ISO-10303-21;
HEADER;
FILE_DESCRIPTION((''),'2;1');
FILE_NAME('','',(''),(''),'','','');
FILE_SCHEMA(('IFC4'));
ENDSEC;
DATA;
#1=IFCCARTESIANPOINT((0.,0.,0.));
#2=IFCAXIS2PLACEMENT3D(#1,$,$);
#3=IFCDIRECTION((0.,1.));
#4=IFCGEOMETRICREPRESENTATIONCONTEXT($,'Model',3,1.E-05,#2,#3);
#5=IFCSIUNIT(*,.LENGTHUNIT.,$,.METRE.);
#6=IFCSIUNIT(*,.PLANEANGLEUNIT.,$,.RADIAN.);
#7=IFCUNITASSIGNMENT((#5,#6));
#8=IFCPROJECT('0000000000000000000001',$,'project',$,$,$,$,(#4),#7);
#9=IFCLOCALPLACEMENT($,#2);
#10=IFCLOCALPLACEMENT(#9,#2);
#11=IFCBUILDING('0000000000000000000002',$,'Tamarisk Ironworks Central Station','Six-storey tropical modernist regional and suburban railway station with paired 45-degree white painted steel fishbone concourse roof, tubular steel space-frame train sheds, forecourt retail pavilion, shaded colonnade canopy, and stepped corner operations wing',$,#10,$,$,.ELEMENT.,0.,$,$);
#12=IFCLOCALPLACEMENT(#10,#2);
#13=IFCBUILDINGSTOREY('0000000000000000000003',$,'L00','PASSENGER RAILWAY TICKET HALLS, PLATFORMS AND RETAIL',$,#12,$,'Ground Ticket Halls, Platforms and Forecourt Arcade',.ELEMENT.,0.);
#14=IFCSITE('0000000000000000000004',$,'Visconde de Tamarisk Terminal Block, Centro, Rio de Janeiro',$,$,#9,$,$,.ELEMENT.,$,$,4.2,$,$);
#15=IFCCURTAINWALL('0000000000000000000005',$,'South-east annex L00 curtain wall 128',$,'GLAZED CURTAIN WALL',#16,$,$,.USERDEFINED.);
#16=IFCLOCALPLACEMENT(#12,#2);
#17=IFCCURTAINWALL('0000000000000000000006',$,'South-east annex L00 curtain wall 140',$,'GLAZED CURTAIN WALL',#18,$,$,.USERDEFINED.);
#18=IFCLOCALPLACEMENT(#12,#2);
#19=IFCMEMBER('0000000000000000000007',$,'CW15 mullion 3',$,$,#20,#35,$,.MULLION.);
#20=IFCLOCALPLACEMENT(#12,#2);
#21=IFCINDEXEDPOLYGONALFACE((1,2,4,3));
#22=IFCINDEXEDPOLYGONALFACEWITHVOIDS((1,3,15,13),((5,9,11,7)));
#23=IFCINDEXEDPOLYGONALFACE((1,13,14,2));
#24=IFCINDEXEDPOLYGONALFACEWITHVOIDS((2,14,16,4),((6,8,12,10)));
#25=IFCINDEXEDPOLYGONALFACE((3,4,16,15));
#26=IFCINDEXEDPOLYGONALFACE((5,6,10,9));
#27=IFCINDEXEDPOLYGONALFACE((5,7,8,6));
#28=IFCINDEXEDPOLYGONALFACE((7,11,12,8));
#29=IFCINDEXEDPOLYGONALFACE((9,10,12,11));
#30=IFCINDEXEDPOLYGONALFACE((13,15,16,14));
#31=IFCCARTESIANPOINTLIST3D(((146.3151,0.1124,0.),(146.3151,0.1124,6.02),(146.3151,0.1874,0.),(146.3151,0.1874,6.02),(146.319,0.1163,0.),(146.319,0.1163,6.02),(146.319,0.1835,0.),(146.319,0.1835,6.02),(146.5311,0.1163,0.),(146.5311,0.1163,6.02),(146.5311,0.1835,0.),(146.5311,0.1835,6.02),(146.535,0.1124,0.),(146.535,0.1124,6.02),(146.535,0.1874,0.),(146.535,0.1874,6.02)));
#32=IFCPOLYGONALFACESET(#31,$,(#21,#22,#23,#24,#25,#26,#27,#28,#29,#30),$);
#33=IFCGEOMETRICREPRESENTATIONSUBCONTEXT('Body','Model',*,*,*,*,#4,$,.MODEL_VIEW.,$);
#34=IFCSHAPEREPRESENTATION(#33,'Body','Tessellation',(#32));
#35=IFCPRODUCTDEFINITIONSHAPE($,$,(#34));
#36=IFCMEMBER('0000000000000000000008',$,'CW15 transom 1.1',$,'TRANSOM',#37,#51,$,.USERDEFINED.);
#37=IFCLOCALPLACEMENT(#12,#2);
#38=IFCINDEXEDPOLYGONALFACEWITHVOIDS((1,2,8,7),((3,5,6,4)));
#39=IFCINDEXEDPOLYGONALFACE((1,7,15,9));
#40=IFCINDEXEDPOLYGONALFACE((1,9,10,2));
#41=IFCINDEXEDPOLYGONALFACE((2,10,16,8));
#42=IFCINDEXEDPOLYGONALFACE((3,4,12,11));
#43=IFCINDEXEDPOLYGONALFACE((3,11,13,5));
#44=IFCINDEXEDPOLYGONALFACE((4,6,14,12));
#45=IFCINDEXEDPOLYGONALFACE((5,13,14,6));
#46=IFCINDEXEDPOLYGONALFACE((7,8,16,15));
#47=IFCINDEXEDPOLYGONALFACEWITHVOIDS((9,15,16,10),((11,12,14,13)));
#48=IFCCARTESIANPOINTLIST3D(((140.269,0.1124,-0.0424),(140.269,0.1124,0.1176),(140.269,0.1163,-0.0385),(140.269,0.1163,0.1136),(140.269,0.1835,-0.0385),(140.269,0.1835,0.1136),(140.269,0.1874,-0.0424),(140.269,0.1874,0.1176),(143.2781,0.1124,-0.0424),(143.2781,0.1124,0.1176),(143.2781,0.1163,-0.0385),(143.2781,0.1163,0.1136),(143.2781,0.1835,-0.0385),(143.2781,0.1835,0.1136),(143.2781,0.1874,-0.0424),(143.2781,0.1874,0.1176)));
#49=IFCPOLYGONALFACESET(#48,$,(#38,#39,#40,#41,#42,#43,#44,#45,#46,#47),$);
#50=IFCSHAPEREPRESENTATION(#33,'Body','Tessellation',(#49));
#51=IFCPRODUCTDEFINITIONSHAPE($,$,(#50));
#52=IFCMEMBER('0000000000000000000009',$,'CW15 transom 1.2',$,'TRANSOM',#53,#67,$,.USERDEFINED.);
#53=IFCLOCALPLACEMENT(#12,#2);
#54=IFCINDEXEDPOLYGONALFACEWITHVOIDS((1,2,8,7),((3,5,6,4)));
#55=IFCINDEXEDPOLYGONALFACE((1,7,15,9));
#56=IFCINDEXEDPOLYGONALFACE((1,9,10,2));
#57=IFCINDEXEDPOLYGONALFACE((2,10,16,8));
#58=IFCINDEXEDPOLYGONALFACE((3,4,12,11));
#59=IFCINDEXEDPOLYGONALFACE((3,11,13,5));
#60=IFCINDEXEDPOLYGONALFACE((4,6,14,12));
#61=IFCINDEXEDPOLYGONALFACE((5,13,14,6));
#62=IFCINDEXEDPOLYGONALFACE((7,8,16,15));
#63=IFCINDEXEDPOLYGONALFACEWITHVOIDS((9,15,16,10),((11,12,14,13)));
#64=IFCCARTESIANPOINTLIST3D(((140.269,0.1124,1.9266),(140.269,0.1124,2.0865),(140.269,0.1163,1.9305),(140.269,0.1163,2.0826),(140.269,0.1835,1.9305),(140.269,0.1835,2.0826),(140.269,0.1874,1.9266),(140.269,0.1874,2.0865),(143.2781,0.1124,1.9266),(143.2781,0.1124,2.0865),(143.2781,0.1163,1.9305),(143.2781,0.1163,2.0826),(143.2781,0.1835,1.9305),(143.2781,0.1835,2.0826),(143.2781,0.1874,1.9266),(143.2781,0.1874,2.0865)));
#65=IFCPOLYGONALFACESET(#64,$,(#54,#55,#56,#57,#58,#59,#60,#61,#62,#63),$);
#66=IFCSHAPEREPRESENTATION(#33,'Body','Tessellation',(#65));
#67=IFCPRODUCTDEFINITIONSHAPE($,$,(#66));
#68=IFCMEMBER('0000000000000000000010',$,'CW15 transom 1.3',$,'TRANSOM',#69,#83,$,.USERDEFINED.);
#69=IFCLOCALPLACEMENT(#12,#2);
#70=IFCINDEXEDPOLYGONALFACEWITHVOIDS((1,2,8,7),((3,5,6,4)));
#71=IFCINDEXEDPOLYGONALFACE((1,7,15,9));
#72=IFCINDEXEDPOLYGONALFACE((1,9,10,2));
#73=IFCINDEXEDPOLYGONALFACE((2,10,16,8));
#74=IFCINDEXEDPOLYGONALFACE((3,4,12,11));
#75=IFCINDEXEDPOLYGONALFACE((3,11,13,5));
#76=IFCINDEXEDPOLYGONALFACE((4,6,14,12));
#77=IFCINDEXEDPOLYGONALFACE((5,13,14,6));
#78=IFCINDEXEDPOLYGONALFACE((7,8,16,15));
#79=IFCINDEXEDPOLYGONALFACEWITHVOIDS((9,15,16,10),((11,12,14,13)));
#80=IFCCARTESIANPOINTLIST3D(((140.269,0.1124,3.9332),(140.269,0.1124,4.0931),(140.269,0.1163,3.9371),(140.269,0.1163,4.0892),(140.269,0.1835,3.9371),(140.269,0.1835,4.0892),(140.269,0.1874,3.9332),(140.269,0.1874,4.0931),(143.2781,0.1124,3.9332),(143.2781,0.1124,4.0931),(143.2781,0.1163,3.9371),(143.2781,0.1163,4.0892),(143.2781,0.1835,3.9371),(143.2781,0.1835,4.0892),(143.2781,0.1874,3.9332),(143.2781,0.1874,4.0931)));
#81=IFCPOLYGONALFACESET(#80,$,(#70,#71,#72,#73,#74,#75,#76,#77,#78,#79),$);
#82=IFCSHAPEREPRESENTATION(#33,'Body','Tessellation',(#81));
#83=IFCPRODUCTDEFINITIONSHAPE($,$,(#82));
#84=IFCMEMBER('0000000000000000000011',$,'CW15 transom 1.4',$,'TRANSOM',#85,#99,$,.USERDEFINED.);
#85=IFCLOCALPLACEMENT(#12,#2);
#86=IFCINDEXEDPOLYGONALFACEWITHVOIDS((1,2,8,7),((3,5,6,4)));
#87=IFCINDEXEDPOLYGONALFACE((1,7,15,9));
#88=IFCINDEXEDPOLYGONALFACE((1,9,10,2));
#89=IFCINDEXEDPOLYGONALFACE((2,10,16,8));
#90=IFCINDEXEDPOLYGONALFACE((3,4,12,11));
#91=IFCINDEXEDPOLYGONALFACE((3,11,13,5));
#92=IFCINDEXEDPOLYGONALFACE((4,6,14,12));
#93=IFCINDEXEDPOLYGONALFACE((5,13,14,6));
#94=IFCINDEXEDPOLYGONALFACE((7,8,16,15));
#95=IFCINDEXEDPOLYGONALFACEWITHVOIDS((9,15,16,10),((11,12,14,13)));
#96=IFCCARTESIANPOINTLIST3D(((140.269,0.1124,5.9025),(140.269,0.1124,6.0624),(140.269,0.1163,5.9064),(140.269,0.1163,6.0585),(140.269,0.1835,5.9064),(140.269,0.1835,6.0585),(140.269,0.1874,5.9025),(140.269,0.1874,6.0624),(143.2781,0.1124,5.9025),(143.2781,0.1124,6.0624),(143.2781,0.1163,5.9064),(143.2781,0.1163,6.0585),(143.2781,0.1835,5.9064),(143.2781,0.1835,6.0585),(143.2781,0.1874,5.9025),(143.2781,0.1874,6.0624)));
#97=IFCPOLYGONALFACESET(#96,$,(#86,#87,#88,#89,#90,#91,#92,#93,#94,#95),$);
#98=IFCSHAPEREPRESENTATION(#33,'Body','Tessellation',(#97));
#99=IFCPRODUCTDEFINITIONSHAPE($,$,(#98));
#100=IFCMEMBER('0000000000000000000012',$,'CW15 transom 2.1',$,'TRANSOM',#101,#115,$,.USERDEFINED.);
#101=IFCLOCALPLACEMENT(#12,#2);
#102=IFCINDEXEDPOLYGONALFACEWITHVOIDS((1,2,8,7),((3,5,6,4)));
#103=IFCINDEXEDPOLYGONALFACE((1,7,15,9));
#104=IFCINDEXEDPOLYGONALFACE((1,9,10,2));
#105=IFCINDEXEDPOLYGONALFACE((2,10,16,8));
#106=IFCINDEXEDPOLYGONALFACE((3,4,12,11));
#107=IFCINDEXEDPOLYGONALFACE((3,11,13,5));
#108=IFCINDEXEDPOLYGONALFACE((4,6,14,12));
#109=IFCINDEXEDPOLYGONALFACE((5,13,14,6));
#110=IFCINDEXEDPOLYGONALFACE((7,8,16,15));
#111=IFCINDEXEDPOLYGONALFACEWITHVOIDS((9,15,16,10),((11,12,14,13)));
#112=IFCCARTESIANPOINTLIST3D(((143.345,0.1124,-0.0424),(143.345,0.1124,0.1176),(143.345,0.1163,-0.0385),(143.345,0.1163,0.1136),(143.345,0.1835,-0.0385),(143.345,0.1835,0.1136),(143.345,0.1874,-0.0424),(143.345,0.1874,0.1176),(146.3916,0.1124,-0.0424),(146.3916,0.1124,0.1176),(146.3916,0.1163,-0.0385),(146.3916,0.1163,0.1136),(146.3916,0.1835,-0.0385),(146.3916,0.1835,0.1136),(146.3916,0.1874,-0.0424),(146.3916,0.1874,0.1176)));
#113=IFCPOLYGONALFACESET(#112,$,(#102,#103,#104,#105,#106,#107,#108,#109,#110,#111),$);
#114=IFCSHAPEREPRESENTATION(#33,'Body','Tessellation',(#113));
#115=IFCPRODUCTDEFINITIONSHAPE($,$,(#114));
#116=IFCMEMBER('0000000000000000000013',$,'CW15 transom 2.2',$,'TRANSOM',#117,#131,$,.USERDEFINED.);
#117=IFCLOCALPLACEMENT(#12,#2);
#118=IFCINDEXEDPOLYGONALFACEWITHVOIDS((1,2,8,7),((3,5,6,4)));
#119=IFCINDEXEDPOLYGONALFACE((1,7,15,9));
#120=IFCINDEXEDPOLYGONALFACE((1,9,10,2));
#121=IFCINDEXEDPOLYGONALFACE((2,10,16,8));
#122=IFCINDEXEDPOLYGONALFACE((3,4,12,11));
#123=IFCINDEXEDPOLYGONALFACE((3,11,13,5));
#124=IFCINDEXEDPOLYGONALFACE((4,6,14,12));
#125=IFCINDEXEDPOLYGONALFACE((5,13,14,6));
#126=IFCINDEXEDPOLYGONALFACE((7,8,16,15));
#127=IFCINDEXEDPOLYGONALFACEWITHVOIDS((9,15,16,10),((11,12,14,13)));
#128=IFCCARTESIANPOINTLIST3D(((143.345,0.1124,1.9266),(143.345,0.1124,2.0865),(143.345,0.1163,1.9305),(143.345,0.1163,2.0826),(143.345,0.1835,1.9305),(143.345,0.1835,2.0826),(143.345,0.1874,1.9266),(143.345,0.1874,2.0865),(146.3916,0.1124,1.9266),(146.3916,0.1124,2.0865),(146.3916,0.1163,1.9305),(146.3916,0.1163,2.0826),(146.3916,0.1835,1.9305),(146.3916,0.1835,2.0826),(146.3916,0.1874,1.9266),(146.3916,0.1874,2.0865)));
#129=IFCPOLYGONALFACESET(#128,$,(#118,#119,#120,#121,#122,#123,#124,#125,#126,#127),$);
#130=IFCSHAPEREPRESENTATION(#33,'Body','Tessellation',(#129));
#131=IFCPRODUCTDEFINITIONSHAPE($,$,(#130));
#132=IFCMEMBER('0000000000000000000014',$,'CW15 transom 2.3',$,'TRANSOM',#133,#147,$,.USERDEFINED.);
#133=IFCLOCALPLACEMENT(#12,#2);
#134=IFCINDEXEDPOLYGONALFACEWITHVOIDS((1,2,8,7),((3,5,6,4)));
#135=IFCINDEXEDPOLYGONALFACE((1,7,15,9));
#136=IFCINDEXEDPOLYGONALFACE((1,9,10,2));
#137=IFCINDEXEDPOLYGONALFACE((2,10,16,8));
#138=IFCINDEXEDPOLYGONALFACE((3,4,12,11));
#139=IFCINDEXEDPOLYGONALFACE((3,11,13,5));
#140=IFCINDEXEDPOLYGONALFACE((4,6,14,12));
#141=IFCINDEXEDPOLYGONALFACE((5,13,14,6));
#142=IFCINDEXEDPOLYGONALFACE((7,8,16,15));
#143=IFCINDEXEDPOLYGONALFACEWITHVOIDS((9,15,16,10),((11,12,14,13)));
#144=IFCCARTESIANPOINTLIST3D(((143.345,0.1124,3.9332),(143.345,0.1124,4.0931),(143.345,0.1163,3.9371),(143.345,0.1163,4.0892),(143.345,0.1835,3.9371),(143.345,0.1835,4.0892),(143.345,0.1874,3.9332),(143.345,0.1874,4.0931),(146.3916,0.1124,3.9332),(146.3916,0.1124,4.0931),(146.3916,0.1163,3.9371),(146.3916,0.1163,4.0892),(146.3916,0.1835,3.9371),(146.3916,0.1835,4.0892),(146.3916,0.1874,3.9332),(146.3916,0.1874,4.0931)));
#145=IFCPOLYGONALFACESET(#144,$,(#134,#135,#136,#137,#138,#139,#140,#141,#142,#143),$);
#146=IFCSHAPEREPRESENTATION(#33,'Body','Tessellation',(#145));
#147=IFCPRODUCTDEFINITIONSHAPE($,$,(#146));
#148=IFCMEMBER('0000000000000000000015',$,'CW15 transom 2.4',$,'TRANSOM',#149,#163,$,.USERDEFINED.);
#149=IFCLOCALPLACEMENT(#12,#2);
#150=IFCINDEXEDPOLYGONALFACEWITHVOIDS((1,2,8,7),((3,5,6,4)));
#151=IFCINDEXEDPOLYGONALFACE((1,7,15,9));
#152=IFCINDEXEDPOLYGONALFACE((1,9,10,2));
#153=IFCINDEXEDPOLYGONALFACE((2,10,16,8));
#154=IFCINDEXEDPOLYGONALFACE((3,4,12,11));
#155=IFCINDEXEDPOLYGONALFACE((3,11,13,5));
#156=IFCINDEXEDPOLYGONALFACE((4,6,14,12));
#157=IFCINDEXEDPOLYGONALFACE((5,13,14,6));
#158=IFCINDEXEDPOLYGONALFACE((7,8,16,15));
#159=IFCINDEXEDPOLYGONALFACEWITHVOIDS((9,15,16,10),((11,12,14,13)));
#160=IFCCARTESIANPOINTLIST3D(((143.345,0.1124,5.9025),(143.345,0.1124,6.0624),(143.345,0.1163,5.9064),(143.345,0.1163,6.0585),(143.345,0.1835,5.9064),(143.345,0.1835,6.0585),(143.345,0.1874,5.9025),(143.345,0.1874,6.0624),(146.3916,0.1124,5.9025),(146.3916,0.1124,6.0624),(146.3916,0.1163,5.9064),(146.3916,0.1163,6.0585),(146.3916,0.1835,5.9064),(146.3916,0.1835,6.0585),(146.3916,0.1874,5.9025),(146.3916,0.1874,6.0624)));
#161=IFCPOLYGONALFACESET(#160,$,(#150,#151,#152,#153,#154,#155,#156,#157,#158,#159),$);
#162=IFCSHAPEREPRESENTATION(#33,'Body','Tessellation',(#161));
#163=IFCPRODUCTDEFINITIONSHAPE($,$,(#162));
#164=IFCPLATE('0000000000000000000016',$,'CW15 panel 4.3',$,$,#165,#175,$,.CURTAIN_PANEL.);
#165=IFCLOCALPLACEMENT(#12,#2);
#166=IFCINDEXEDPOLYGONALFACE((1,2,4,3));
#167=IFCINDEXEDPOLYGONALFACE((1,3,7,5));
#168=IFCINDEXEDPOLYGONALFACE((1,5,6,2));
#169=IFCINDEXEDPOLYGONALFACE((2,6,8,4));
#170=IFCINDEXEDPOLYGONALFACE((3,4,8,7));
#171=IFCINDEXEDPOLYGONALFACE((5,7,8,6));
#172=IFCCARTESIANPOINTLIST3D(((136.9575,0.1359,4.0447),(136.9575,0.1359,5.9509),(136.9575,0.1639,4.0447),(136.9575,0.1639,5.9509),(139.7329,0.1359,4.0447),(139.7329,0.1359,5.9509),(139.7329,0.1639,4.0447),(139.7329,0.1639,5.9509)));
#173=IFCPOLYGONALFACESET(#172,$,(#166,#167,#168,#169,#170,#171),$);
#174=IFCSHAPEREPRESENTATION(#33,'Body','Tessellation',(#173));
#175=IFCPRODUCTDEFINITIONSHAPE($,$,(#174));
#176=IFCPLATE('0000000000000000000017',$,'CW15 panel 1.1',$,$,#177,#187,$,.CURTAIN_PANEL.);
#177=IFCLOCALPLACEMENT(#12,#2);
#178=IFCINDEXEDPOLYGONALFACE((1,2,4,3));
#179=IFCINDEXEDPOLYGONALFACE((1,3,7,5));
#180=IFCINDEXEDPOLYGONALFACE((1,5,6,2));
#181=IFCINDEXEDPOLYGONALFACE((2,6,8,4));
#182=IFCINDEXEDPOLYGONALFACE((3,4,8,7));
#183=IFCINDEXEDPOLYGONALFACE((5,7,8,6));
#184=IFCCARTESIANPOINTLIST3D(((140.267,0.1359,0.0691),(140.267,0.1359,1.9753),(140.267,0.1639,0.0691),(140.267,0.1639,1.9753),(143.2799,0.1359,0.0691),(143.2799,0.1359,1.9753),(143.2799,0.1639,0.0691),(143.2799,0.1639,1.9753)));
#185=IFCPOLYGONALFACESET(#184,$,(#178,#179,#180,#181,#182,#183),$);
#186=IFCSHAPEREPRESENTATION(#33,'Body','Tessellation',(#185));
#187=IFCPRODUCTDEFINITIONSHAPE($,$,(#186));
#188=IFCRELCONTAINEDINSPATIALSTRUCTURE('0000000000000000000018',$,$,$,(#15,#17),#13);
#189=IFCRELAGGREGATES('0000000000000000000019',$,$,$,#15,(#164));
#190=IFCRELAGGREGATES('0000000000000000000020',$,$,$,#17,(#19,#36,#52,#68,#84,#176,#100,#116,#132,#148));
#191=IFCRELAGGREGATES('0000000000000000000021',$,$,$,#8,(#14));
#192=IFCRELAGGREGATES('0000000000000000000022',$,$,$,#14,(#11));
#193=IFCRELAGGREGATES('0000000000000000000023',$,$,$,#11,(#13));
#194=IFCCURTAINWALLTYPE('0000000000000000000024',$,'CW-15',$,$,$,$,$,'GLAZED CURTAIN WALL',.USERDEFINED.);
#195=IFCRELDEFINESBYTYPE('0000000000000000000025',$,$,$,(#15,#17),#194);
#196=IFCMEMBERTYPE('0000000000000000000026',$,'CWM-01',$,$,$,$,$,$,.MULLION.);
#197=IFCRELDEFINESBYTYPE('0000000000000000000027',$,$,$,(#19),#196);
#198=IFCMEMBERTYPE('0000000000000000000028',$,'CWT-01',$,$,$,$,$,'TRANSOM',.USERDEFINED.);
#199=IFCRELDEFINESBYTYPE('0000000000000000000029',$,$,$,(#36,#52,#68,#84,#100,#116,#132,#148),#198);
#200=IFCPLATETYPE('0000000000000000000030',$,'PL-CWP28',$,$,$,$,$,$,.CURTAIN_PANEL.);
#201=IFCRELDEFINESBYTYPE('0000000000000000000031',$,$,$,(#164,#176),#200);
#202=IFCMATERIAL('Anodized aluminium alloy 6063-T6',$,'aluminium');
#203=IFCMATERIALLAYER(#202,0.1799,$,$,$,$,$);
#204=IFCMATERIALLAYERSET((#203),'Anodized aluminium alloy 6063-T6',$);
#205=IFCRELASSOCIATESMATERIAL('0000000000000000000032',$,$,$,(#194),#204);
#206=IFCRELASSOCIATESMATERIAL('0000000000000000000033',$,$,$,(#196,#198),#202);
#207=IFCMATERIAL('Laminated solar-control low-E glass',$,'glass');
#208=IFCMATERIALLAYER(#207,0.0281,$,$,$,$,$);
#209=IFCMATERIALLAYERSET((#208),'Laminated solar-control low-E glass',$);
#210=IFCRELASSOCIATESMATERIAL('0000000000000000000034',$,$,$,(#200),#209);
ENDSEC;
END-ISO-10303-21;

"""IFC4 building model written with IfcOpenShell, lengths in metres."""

from ifc_helpers import new_model, si_unit, direction, frame, origin, origin_2d, place, context, subcontext, project, spatial, rectangle, hollow_rectangle, extrude, material, layer, layer_set, material_profile, profile_set, type_object, element, aggregate, save


model = new_model("IFC4")

# Units and contexts
model_context = context("Model", 3, precision=1e-05, world=origin(), true_north=direction((0.0, 1.0)))
body_context = subcontext(model_context, "Body", "Model", "MODEL_VIEW")
ifc_project = project(units=[si_unit("LENGTHUNIT", "METRE"), si_unit("PLANEANGLEUNIT", "RADIAN")], contexts=[model_context])

# Site, building, storey
site_placement = place(None, origin())
site = spatial("IfcSite", under=ifc_project, at=site_placement, Name="Visconde de Tamarisk Terminal Block, Centro, Rio de Janeiro", CompositionType="ELEMENT", RefElevation=4.2)
building_placement = place(site_placement, origin())
building = spatial("IfcBuilding", under=site, at=building_placement, Name="Tamarisk Ironworks Central Station", Description="Six-storey tropical modernist regional and suburban railway station with paired 45-degree white painted steel fishbone concourse roof, tubular steel space-frame train sheds, forecourt retail pavilion, shaded colonnade canopy, and stepped corner operations wing", CompositionType="ELEMENT", ElevationOfRefHeight=0.0)
storey_placement = place(building_placement, origin())
storey = spatial("IfcBuildingStorey", under=building, at=storey_placement, Name="L00", Description="PASSENGER RAILWAY TICKET HALLS, PLATFORMS AND RETAIL", LongName="Ground Ticket Halls, Platforms and Forecourt Arcade", CompositionType="ELEMENT", Elevation=0.0)

# Curtain wall
ifc_material_1 = material(Name="Anodized aluminium alloy 6063-T6", Category="aluminium")
ifc_layer_1 = layer(ifc_material_1, 0.1799)
ifc_layer_set_1 = layer_set([ifc_layer_1], Name="Anodized aluminium alloy 6063-T6")
curtain_wall_type = type_object("IfcCurtainWallType", Name="CW-15", ElementType="GLAZED CURTAIN WALL", PredefinedType="USERDEFINED", material=ifc_layer_set_1)
curtain_wall_1_placement = place(storey_placement, origin())
curtain_wall_1 = element("IfcCurtainWall", 1, at=curtain_wall_1_placement, inside=storey, type_object=curtain_wall_type, Name="South-east annex L00 curtain wall 128", ObjectType="GLAZED CURTAIN WALL", PredefinedType="USERDEFINED")
ifc_material_profile_1 = material_profile(ifc_material_1, hollow_rectangle(XDim=0.075, YDim=0.22, WallThickness=0.0039, at=origin_2d()), Name="ALUM 220x75")
ifc_profile_set_1 = profile_set([ifc_material_profile_1], Name="Anodized aluminium alloy 6063-T6")
member_type_1 = type_object("IfcMemberType", Name="CWM-01", PredefinedType="MULLION", material=ifc_profile_set_1)

# Curtain wall, members
curtain_wall_2_placement = place(storey_placement, origin())
curtain_wall_2 = element("IfcCurtainWall", 2, at=curtain_wall_2_placement, inside=storey, type_object=curtain_wall_type, Name="South-east annex L00 curtain wall 140", ObjectType="GLAZED CURTAIN WALL", PredefinedType="USERDEFINED")
member_1_placement = place(storey_placement, frame((146.425, 0.1499, 0.0), z_axis=(0.0, 0.0, 1.0), x_axis=(0.0, 1.0, 0.0)))
member_1 = element("IfcMember", 3, at=member_1_placement, type_object=member_type_1, Name="CW15 mullion 3", PredefinedType="MULLION", context=body_context, shape_type="SweptSolid", body=[
    extrude(hollow_rectangle(XDim=0.075, YDim=0.22, WallThickness=0.0039, at=origin_2d()), origin(), (0.0, 0.0, 1.0), 6.02),
])
ifc_material_profile_2 = material_profile(ifc_material_1, hollow_rectangle(XDim=0.075, YDim=0.1599, WallThickness=0.0039, at=origin_2d()), Name="ALUM 160x75")
ifc_profile_set_2 = profile_set([ifc_material_profile_2], Name="Anodized aluminium alloy 6063-T6")
member_type_2 = type_object("IfcMemberType", Name="CWT-01", ElementType="TRANSOM", PredefinedType="USERDEFINED", material=ifc_profile_set_2)
member_2_placement = place(storey_placement, frame((140.269, 0.1499, 0.0376), z_axis=(1.0, 0.0, 0.0), x_axis=(0.0, 1.0, 0.0)))
member_2 = element("IfcMember", 4, at=member_2_placement, type_object=member_type_2, Name="CW15 transom 1.1", ObjectType="TRANSOM", PredefinedType="USERDEFINED", context=body_context, shape_type="SweptSolid", body=[
    extrude(hollow_rectangle(XDim=0.075, YDim=0.1599, WallThickness=0.0039, at=origin_2d()), origin(), (0.0, 0.0, 1.0), 3.009),
])
member_3_placement = place(storey_placement, frame((140.269, 0.1499, 2.0066), z_axis=(1.0, 0.0, 0.0), x_axis=(0.0, 1.0, 0.0)))
member_3 = element("IfcMember", 5, at=member_3_placement, type_object=member_type_2, Name="CW15 transom 1.2", ObjectType="TRANSOM", PredefinedType="USERDEFINED", context=body_context, shape_type="SweptSolid", body=[
    extrude(hollow_rectangle(XDim=0.075, YDim=0.1599, WallThickness=0.0039, at=origin_2d()), origin(), (0.0, 0.0, 1.0), 3.009),
])
member_4_placement = place(storey_placement, frame((140.269, 0.1499, 4.0132), z_axis=(1.0, 0.0, 0.0), x_axis=(0.0, 1.0, 0.0)))
member_4 = element("IfcMember", 6, at=member_4_placement, type_object=member_type_2, Name="CW15 transom 1.3", ObjectType="TRANSOM", PredefinedType="USERDEFINED", context=body_context, shape_type="SweptSolid", body=[
    extrude(hollow_rectangle(XDim=0.075, YDim=0.1599, WallThickness=0.0039, at=origin_2d()), origin(), (0.0, 0.0, 1.0), 3.009),
])
member_5_placement = place(storey_placement, frame((140.269, 0.1499, 5.9824), z_axis=(1.0, 0.0, 0.0), x_axis=(0.0, 1.0, 0.0)))
member_5 = element("IfcMember", 7, at=member_5_placement, type_object=member_type_2, Name="CW15 transom 1.4", ObjectType="TRANSOM", PredefinedType="USERDEFINED", context=body_context, shape_type="SweptSolid", body=[
    extrude(hollow_rectangle(XDim=0.075, YDim=0.1599, WallThickness=0.0039, at=origin_2d()), origin(), (0.0, 0.0, 1.0), 3.009),
])
member_6_placement = place(storey_placement, frame((143.345, 0.1499, 0.0376), z_axis=(1.0, 0.0, 0.0), x_axis=(0.0, 1.0, 0.0)))
member_6 = element("IfcMember", 8, at=member_6_placement, type_object=member_type_2, Name="CW15 transom 2.1", ObjectType="TRANSOM", PredefinedType="USERDEFINED", context=body_context, shape_type="SweptSolid", body=[
    extrude(hollow_rectangle(XDim=0.075, YDim=0.1599, WallThickness=0.0039, at=origin_2d()), origin(), (0.0, 0.0, 1.0), 3.0466),
])
member_7_placement = place(storey_placement, frame((143.345, 0.1499, 2.0066), z_axis=(1.0, 0.0, 0.0), x_axis=(0.0, 1.0, 0.0)))
member_7 = element("IfcMember", 9, at=member_7_placement, type_object=member_type_2, Name="CW15 transom 2.2", ObjectType="TRANSOM", PredefinedType="USERDEFINED", context=body_context, shape_type="SweptSolid", body=[
    extrude(hollow_rectangle(XDim=0.075, YDim=0.1599, WallThickness=0.0039, at=origin_2d()), origin(), (0.0, 0.0, 1.0), 3.0466),
])
member_8_placement = place(storey_placement, frame((143.345, 0.1499, 4.0132), z_axis=(1.0, 0.0, 0.0), x_axis=(0.0, 1.0, 0.0)))
member_8 = element("IfcMember", 10, at=member_8_placement, type_object=member_type_2, Name="CW15 transom 2.3", ObjectType="TRANSOM", PredefinedType="USERDEFINED", context=body_context, shape_type="SweptSolid", body=[
    extrude(hollow_rectangle(XDim=0.075, YDim=0.1599, WallThickness=0.0039, at=origin_2d()), origin(), (0.0, 0.0, 1.0), 3.0466),
])
member_9_placement = place(storey_placement, frame((143.345, 0.1499, 5.9824), z_axis=(1.0, 0.0, 0.0), x_axis=(0.0, 1.0, 0.0)))
member_9 = element("IfcMember", 11, at=member_9_placement, type_object=member_type_2, Name="CW15 transom 2.4", ObjectType="TRANSOM", PredefinedType="USERDEFINED", context=body_context, shape_type="SweptSolid", body=[
    extrude(hollow_rectangle(XDim=0.075, YDim=0.1599, WallThickness=0.0039, at=origin_2d()), origin(), (0.0, 0.0, 1.0), 3.0466),
])

# Plates
ifc_material_2 = material(Name="Laminated solar-control low-E glass", Category="glass")
ifc_layer_2 = layer(ifc_material_2, 0.0281)
ifc_layer_set_2 = layer_set([ifc_layer_2], Name="Laminated solar-control low-E glass")
plate_type = type_object("IfcPlateType", Name="PL-CWP28", PredefinedType="CURTAIN_PANEL", material=ifc_layer_set_2)
plate_1_placement = place(storey_placement, frame((138.3452, 0.1499, 4.0447), z_axis=(0.0, 0.0, 1.0), x_axis=(1.0, 0.0, 0.0)))
plate_1 = element("IfcPlate", 12, at=plate_1_placement, type_object=plate_type, Name="CW15 panel 4.3", PredefinedType="CURTAIN_PANEL", context=body_context, shape_type="SweptSolid", body=[
    extrude(rectangle(XDim=2.7754, YDim=0.0281, at=origin_2d()), origin(), (0.0, 0.0, 1.0), 1.9062),
])
aggregate(curtain_wall_1, [plate_1])
plate_2_placement = place(storey_placement, frame((141.7734, 0.1499, 0.0691), z_axis=(0.0, 0.0, 1.0), x_axis=(1.0, 0.0, 0.0)))
plate_2 = element("IfcPlate", 13, at=plate_2_placement, type_object=plate_type, Name="CW15 panel 1.1", PredefinedType="CURTAIN_PANEL", context=body_context, shape_type="SweptSolid", body=[
    extrude(rectangle(XDim=3.0129, YDim=0.0281, at=origin_2d()), origin(), (0.0, 0.0, 1.0), 1.9062),
])
aggregate(curtain_wall_2, [member_1, member_2, member_3, member_4, member_5, plate_2, member_6, member_7, member_8, member_9])

save(model, "model.ifc")
